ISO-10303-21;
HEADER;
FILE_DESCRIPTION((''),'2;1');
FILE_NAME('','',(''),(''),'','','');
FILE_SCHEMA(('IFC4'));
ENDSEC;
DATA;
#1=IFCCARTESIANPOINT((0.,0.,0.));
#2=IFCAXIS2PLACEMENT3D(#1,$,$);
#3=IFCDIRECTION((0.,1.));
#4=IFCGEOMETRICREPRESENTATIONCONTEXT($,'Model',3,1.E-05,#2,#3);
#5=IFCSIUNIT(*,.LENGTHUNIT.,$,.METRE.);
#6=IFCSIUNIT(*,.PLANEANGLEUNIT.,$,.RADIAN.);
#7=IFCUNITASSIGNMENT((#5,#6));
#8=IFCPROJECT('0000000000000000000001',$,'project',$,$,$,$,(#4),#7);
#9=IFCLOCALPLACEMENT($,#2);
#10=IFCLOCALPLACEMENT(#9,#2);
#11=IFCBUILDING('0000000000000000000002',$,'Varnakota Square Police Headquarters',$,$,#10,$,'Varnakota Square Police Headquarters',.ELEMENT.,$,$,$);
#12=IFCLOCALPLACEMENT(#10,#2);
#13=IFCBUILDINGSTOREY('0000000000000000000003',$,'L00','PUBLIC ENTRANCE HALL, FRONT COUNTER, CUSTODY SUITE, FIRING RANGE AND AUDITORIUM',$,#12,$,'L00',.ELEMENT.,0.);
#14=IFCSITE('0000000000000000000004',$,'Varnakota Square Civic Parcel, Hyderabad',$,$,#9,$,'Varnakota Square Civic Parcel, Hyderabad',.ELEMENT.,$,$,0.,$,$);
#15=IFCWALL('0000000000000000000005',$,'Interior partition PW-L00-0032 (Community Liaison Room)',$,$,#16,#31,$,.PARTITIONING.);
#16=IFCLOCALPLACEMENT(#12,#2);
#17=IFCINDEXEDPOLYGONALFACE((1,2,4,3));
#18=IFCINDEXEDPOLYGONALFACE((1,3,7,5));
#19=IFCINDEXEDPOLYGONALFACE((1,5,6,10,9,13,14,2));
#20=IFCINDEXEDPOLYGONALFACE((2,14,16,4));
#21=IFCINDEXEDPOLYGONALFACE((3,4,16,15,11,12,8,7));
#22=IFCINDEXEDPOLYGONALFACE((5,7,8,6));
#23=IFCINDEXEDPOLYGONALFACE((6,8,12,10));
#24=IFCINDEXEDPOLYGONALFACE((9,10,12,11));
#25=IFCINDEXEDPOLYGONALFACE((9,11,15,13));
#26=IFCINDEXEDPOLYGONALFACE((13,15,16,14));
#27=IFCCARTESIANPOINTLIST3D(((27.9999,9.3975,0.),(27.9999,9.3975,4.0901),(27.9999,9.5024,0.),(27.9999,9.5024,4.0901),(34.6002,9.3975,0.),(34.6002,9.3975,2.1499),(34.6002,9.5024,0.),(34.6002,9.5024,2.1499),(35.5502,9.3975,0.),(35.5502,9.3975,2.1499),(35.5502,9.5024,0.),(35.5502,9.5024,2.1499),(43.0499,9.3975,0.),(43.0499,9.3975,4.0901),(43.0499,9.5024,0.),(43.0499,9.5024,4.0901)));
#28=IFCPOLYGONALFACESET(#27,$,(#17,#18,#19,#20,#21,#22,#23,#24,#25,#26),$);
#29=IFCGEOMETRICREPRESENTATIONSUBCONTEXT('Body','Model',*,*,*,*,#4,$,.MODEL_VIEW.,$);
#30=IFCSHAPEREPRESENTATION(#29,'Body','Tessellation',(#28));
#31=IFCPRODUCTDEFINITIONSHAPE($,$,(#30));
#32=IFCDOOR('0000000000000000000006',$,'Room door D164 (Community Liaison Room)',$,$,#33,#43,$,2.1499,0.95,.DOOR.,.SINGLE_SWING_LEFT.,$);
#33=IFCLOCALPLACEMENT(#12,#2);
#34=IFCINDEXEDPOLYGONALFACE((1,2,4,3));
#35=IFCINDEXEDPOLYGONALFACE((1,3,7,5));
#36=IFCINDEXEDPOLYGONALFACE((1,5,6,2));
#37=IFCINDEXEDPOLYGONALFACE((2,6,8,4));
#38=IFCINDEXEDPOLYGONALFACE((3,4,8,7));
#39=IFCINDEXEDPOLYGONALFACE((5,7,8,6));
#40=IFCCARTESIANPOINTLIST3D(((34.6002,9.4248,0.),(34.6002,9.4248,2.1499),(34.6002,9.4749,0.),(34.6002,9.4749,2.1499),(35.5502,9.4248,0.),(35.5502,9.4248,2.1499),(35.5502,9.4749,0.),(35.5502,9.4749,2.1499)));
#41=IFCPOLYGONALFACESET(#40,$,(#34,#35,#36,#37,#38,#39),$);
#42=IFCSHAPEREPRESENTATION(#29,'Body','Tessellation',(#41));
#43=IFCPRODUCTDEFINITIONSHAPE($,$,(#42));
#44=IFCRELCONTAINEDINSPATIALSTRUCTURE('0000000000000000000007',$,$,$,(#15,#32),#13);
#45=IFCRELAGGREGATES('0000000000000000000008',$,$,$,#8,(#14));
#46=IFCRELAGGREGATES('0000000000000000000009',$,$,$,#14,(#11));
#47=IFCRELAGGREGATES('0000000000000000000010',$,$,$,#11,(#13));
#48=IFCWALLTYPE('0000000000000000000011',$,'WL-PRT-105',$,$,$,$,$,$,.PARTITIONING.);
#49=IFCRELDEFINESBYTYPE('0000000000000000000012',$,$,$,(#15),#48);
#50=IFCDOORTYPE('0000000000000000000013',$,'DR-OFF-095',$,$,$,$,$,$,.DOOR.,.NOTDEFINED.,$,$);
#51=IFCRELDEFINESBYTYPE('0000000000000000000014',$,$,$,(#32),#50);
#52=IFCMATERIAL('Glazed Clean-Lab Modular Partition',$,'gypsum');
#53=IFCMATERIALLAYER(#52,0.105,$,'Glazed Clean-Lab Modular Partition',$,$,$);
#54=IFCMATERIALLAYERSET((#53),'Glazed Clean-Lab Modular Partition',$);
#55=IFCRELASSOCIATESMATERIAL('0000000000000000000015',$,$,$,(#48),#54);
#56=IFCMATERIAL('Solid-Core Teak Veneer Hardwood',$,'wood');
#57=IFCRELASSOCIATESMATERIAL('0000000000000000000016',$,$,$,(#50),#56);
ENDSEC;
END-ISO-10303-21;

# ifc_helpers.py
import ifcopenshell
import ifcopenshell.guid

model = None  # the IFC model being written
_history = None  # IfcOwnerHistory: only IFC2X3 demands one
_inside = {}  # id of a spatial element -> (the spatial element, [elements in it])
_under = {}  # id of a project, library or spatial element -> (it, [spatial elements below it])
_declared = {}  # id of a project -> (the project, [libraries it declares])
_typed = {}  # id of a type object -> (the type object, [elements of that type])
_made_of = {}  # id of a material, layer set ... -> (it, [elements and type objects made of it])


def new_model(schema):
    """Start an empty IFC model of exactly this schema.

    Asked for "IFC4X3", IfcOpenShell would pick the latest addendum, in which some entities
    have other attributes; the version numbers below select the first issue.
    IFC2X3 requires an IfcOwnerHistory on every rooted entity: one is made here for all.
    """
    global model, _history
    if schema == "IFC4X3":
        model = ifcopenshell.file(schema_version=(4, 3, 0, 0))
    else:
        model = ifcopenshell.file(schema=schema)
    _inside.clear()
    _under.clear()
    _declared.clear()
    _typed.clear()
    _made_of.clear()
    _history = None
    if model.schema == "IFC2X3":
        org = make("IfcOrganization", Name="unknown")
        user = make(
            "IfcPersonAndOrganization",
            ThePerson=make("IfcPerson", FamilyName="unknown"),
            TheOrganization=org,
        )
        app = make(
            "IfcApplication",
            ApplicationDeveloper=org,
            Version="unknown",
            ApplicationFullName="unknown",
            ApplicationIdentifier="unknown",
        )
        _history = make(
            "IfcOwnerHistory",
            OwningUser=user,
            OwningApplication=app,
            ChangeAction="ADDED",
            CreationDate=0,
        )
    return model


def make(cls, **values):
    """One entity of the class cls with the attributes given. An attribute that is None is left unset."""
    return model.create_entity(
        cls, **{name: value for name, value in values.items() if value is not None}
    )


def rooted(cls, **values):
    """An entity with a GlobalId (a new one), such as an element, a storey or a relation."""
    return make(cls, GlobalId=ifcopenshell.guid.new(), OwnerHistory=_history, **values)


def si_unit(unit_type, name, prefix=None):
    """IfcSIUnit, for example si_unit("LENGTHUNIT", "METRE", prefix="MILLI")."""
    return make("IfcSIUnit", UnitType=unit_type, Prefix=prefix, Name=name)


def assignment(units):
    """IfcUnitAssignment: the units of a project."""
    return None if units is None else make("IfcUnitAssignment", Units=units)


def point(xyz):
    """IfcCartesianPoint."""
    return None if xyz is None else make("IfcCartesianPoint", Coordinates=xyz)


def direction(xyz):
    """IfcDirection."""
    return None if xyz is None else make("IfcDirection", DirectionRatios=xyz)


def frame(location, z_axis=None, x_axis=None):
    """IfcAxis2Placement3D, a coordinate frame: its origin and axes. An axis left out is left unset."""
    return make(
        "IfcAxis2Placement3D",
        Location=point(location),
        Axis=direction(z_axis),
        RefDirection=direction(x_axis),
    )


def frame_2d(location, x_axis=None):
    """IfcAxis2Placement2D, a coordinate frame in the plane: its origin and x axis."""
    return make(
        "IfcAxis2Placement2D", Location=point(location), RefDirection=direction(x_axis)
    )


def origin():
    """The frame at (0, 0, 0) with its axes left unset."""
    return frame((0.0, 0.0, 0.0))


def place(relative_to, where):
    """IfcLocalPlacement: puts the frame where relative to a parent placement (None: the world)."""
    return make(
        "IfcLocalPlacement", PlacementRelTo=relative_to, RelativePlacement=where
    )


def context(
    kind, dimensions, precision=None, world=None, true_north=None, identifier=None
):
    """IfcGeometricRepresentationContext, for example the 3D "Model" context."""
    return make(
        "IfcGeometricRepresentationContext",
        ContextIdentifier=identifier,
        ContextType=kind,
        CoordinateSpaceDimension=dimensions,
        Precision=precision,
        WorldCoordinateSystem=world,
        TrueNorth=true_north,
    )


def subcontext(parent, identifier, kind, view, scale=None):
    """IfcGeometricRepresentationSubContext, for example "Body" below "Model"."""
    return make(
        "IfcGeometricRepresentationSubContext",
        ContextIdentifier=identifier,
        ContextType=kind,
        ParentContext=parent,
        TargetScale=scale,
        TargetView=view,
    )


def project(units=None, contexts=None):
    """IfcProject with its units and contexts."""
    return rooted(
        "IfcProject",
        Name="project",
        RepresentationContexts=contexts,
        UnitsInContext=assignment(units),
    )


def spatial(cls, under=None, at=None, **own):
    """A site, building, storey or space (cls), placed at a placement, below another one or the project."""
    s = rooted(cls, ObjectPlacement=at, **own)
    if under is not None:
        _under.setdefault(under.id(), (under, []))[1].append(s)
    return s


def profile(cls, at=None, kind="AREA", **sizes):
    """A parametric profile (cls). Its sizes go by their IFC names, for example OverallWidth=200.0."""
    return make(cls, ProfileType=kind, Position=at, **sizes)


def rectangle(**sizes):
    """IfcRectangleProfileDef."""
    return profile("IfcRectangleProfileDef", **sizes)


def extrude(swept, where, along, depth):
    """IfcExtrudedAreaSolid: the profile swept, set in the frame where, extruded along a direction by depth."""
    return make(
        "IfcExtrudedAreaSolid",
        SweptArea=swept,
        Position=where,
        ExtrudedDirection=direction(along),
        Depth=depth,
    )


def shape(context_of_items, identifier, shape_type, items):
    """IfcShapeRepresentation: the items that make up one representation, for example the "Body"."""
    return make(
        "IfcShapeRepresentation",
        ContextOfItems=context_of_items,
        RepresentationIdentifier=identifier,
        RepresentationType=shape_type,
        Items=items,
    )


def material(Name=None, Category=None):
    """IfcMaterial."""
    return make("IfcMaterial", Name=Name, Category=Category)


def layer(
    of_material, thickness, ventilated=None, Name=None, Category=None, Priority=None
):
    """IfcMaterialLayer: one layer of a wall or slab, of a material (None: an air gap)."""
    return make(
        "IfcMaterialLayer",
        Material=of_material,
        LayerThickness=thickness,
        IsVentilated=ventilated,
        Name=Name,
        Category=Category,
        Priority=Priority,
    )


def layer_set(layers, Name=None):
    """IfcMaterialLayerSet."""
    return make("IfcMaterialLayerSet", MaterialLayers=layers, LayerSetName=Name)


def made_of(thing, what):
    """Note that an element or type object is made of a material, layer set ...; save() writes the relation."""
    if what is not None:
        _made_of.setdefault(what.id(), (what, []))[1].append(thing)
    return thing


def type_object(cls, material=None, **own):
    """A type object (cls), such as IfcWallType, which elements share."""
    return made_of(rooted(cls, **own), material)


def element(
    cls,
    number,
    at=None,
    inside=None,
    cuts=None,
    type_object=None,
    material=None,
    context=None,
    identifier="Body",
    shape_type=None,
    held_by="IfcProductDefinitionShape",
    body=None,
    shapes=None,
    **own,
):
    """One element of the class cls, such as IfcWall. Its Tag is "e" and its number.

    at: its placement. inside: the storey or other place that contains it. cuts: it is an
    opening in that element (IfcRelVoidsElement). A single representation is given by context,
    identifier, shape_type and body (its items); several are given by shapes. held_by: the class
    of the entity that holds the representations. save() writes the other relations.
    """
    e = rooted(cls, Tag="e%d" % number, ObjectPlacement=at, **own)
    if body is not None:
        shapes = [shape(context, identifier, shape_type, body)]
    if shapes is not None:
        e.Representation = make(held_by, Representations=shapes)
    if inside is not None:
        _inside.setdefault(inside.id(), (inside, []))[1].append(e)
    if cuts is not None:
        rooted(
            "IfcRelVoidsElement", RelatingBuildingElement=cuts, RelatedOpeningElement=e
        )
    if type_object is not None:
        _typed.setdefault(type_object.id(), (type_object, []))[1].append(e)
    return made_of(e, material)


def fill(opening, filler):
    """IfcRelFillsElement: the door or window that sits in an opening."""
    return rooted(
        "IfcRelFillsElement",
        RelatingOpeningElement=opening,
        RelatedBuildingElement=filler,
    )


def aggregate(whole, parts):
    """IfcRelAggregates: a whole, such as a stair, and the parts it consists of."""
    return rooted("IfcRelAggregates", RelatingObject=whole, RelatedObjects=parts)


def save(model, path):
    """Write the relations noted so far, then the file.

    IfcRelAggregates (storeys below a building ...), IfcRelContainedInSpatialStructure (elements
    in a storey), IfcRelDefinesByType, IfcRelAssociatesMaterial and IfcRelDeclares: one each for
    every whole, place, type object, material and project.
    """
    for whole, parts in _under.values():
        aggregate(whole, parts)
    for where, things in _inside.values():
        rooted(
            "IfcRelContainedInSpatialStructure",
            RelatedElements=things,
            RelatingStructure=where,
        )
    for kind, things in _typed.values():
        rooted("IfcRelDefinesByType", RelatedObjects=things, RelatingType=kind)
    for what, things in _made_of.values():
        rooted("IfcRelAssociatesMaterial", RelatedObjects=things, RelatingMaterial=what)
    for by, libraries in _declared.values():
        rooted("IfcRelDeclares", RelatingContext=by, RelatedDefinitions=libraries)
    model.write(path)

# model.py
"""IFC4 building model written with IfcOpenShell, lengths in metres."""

from ifc_helpers import new_model, si_unit, direction, frame, frame_2d, origin, place, context, subcontext, project, spatial, rectangle, extrude, material, layer, layer_set, type_object, element, fill, save


model = new_model("IFC4")

# Units and contexts
model_context = context("Model", 3, precision=1e-05, world=origin(), true_north=direction((0.0, 1.0)))
body_context = subcontext(model_context, "Body", "Model", "MODEL_VIEW")
ifc_project = project(units=[si_unit("LENGTHUNIT", "METRE"), si_unit("PLANEANGLEUNIT", "RADIAN")], contexts=[model_context])

# Site, building, storey
site_placement = place(None, origin())
site = spatial("IfcSite", under=ifc_project, at=site_placement, Name="Varnakota Square Civic Parcel, Hyderabad", LongName="Varnakota Square Civic Parcel, Hyderabad", CompositionType="ELEMENT", RefElevation=0.0)
building_placement = place(site_placement, origin())
building = spatial("IfcBuilding", under=site, at=building_placement, Name="Varnakota Square Police Headquarters", LongName="Varnakota Square Police Headquarters", CompositionType="ELEMENT")
storey_placement = place(building_placement, origin())
storey = spatial("IfcBuildingStorey", under=building, at=storey_placement, Name="L00", Description="PUBLIC ENTRANCE HALL, FRONT COUNTER, CUSTODY SUITE, FIRING RANGE AND AUDITORIUM", LongName="L00", CompositionType="ELEMENT", Elevation=0.0)

# Wall, opening, door
ifc_material_1 = material(Name="Glazed Clean-Lab Modular Partition", Category="gypsum")
ifc_layer_1 = layer(ifc_material_1, 0.105, Name="Glazed Clean-Lab Modular Partition")
ifc_layer_set_1 = layer_set([ifc_layer_1], Name="Glazed Clean-Lab Modular Partition")
wall_type_1 = type_object("IfcWallType", Name="WL-PRT-105", PredefinedType="PARTITIONING", material=ifc_layer_set_1)
wall_1_placement = place(storey_placement, frame((28.0, 9.45, 0.0), z_axis=(0.0, 0.0, 1.0), x_axis=(1.0, 0.0, 0.0)))
wall_1 = element("IfcWall", 1, at=wall_1_placement, inside=storey, type_object=wall_type_1, Name="Interior partition PW-L00-0032 (Community Liaison Room)", PredefinedType="PARTITIONING", context=body_context, shape_type="SweptSolid", body=[
    extrude(rectangle(XDim=15.05, YDim=0.105, at=frame_2d((7.5249, 0.0))), origin(), (0.0, 0.0, 1.0), 4.0901),
])
opening_1_placement = place(wall_1_placement, frame((6.6001, 0.0, 0.0)))
opening_1 = element("IfcOpeningElement", 2, at=opening_1_placement, cuts=wall_1, PredefinedType="OPENING", context=body_context, shape_type="SweptSolid", body=[
    extrude(rectangle(XDim=0.95, YDim=2.1499, at=frame_2d((0.4751, 1.075))), frame((0.0, 0.0625, 0.0), z_axis=(0.0, -1.0, 0.0), x_axis=(1.0, 0.0, 0.0)), (0.0, 0.0, 1.0), 0.125),
])
ifc_material_2 = material(Name="Solid-Core Teak Veneer Hardwood", Category="wood")
door_type_1 = type_object("IfcDoorType", Name="DR-OFF-095", OperationType="NOTDEFINED", PredefinedType="DOOR", material=ifc_material_2)
door_1_placement = place(opening_1_placement, origin())
door_1 = element("IfcDoor", 3, at=door_1_placement, inside=storey, type_object=door_type_1, Name="Room door D164 (Community Liaison Room)", OperationType="SINGLE_SWING_LEFT", OverallHeight=2.1499, OverallWidth=0.95, PredefinedType="DOOR", context=body_context, shape_type="SweptSolid", body=[
    extrude(rectangle(XDim=0.95, YDim=2.1499, at=frame_2d((0.4751, 1.075))), frame((0.0, 0.0249, 0.0), z_axis=(0.0, -1.0, 0.0), x_axis=(1.0, 0.0, 0.0)), (0.0, 0.0, 1.0), 0.05),
])
fill(opening_1, door_1)

save(model, "model.ifc")
